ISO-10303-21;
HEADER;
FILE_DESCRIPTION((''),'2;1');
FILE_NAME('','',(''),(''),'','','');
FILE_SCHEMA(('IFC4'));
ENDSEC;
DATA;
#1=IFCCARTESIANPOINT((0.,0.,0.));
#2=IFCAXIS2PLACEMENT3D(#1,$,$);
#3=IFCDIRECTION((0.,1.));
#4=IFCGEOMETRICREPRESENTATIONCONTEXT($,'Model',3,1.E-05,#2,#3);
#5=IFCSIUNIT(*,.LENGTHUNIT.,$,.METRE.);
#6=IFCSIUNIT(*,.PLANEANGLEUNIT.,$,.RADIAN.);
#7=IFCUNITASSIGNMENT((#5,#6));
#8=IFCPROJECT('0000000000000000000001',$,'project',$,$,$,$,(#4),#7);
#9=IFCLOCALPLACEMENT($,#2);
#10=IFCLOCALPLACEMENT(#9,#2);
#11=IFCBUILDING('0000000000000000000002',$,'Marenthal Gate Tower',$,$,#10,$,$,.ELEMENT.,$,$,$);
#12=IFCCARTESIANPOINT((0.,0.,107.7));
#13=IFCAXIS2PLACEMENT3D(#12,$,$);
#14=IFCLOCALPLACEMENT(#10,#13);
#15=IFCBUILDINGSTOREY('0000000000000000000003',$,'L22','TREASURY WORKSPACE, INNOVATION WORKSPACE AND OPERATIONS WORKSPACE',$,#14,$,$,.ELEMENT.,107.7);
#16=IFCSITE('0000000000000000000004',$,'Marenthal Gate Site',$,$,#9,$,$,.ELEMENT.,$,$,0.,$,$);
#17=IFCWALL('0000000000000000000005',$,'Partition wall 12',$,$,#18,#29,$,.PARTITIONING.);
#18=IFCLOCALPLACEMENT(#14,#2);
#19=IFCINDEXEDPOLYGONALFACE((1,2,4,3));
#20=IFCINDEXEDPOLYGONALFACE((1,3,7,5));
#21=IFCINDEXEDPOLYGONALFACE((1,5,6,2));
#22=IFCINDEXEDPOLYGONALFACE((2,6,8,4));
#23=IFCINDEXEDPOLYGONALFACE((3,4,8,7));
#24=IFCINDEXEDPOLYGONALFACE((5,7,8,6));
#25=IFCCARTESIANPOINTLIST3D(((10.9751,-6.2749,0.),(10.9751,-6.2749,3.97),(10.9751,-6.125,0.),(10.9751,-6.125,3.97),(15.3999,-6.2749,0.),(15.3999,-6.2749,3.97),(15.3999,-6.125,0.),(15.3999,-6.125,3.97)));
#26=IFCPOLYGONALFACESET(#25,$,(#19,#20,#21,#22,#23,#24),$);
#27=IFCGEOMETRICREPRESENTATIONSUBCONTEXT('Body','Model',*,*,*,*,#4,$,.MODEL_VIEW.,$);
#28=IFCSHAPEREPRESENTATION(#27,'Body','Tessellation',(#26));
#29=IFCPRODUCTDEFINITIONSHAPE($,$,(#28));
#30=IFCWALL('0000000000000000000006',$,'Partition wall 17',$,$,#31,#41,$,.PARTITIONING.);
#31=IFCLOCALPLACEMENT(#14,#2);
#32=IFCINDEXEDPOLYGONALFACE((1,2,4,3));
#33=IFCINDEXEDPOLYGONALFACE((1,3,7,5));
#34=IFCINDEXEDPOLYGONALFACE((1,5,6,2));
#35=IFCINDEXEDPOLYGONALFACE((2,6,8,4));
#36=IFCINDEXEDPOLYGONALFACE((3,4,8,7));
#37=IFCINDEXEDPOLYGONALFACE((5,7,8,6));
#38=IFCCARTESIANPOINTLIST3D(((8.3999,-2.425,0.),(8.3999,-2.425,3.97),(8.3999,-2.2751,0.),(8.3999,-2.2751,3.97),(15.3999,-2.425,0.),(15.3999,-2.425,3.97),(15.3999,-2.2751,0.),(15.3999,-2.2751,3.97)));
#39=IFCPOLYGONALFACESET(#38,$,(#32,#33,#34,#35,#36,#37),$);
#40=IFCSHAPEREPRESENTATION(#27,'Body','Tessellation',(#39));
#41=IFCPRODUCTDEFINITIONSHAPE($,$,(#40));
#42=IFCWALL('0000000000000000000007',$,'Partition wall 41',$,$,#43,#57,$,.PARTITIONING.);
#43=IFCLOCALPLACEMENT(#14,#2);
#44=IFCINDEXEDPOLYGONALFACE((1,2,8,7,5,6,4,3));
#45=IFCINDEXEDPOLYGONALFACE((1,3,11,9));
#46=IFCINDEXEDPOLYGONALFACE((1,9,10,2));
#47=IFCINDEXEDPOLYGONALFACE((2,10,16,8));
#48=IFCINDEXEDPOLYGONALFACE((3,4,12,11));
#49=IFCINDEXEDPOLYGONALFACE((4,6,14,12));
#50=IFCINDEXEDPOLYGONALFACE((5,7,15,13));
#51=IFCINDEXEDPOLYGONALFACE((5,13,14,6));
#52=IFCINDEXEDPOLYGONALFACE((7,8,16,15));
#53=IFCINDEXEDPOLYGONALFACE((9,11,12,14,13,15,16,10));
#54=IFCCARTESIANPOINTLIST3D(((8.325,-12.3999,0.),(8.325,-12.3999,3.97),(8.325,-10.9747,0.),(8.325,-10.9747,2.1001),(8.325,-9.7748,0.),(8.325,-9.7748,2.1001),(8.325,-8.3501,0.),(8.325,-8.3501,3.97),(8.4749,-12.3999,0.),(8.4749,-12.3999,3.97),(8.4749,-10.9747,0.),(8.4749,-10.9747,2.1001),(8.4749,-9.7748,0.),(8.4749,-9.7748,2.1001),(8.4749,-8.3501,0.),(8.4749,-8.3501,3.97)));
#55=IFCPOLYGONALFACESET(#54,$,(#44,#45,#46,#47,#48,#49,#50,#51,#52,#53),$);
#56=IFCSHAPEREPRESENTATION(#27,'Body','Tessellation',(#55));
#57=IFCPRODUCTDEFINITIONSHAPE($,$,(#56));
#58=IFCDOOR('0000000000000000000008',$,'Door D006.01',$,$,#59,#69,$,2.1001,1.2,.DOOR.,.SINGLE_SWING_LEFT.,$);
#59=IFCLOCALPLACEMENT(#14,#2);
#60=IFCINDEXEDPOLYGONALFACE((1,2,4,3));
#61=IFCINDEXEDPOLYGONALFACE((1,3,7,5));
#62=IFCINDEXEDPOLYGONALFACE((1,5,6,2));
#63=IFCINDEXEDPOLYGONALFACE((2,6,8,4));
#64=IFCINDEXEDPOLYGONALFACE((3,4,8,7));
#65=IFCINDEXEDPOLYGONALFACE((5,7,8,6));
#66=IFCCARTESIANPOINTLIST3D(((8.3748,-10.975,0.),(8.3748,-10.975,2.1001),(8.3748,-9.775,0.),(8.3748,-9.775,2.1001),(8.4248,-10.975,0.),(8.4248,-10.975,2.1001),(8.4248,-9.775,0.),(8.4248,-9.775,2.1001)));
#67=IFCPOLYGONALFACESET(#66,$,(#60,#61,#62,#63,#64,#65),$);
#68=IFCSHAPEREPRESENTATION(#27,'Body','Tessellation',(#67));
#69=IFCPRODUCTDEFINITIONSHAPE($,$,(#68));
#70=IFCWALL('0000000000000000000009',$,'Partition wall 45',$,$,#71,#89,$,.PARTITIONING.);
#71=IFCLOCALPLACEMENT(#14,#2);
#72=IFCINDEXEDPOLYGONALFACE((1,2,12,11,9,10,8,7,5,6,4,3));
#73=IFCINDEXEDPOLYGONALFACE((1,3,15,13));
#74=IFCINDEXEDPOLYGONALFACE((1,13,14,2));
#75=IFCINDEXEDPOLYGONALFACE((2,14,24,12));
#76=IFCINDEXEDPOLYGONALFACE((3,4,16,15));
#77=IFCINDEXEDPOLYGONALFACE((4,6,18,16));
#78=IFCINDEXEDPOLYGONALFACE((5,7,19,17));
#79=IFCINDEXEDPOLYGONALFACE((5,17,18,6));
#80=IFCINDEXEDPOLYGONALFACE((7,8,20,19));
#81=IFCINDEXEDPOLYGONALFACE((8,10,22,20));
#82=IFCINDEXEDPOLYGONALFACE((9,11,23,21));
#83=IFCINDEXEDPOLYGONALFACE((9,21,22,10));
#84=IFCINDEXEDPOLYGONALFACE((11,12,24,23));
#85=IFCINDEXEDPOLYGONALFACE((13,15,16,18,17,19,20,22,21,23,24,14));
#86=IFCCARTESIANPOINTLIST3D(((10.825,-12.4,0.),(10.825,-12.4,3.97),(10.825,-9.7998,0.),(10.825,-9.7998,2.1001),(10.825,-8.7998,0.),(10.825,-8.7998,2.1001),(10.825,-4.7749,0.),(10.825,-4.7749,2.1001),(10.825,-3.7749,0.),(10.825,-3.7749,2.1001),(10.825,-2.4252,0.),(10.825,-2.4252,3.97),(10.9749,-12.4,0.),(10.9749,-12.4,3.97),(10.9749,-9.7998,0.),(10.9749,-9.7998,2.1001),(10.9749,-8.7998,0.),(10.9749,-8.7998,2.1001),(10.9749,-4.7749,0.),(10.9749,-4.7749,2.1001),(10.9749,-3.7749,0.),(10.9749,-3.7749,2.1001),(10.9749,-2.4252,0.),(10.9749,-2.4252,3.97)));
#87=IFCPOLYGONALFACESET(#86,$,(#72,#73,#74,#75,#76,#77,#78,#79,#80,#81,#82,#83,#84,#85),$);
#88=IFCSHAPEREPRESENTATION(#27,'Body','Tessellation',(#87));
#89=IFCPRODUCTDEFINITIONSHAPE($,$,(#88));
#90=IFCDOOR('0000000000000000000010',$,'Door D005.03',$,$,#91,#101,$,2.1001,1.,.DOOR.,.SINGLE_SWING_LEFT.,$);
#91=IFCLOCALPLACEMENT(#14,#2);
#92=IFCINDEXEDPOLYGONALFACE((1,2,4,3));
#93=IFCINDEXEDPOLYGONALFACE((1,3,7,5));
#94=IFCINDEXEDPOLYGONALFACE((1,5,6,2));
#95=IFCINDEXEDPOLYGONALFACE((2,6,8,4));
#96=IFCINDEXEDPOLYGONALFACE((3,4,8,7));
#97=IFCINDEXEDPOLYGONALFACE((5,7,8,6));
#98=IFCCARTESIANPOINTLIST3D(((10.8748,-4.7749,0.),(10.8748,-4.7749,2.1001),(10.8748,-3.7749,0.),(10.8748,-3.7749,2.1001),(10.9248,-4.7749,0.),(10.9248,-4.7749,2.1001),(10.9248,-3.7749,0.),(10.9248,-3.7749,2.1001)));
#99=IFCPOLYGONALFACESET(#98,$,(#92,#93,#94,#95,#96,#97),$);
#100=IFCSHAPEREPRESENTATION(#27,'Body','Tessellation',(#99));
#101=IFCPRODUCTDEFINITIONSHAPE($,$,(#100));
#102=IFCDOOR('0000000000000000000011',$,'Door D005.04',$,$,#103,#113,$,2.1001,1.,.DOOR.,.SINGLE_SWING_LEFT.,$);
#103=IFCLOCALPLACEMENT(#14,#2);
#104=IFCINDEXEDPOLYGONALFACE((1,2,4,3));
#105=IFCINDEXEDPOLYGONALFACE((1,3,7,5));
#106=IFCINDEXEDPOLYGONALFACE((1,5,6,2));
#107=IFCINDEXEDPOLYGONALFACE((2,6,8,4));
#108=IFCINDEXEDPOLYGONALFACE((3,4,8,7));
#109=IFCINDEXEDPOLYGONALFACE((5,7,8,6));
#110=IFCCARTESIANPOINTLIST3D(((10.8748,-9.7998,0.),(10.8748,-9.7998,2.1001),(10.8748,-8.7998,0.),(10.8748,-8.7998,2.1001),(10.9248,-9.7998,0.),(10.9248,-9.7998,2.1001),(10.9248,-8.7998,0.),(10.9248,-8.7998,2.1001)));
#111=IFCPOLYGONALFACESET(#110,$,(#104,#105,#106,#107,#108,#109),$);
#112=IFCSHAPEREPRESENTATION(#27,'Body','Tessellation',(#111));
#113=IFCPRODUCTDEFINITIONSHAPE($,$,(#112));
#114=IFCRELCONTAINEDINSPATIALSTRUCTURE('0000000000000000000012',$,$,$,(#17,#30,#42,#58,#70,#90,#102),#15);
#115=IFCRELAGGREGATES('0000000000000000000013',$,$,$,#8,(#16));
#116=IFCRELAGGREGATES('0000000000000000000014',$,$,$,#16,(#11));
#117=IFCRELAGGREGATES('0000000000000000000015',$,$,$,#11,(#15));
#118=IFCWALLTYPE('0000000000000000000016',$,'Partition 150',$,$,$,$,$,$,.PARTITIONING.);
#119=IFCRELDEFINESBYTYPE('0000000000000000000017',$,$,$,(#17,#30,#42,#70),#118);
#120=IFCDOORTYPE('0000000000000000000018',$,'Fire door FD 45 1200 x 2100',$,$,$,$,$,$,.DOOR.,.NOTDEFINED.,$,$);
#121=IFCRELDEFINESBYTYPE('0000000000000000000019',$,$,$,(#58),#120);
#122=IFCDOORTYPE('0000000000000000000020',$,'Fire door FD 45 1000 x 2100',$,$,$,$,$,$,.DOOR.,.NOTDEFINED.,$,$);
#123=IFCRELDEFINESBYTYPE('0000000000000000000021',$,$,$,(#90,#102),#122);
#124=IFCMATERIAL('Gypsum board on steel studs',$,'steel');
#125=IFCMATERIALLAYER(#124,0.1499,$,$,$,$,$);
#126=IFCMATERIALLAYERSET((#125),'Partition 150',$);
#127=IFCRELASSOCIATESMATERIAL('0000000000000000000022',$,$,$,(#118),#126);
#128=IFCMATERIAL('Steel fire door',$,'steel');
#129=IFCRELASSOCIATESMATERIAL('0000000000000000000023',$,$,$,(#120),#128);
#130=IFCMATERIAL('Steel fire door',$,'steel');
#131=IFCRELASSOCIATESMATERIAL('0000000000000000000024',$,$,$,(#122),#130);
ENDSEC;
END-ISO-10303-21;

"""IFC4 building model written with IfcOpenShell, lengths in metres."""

from ifc_helpers import new_model, si_unit, direction, frame, frame_2d, origin, place, context, subcontext, project, spatial, rectangle, extrude, material, layer, layer_set, type_object, element, fill, save


model = new_model("IFC4")

# Units and contexts
model_context = context("Model", 3, precision=1e-05, world=origin(), true_north=direction((0.0, 1.0)))
body_context = subcontext(model_context, "Body", "Model", "MODEL_VIEW")
ifc_project = project(units=[si_unit("LENGTHUNIT", "METRE"), si_unit("PLANEANGLEUNIT", "RADIAN")], contexts=[model_context])

# Site, building, storey
site_placement = place(None, origin())
site = spatial("IfcSite", under=ifc_project, at=site_placement, Name="Marenthal Gate Site", CompositionType="ELEMENT", RefElevation=0.0)
building_placement = place(site_placement, origin())
building = spatial("IfcBuilding", under=site, at=building_placement, Name="Marenthal Gate Tower", CompositionType="ELEMENT")
storey_placement = place(building_placement, frame((0.0, 0.0, 107.7)))
storey = spatial("IfcBuildingStorey", under=building, at=storey_placement, Name="L22", Description="TREASURY WORKSPACE, INNOVATION WORKSPACE AND OPERATIONS WORKSPACE", CompositionType="ELEMENT", Elevation=107.7)

# Walls
ifc_material_1 = material(Name="Gypsum board on steel studs", Category="steel")
ifc_layer_1 = layer(ifc_material_1, 0.1499)
ifc_layer_set_1 = layer_set([ifc_layer_1], Name="Partition 150")
wall_type_1 = type_object("IfcWallType", Name="Partition 150", PredefinedType="PARTITIONING", material=ifc_layer_set_1)
wall_1_placement = place(storey_placement, frame((10.9751, -6.2, 0.0), z_axis=(0.0, 0.0, 1.0), x_axis=(1.0, 0.0, 0.0)))
element("IfcWall", 1, at=wall_1_placement, inside=storey, type_object=wall_type_1, Name="Partition wall 12", PredefinedType="PARTITIONING", context=body_context, shape_type="SweptSolid", body=[
    extrude(rectangle(XDim=4.4248, YDim=0.1499, at=frame_2d((2.2124, 0.0))), origin(), (0.0, 0.0, 1.0), 3.97),
])
wall_2_placement = place(storey_placement, frame((8.3999, -2.3501, 0.0), z_axis=(0.0, 0.0, 1.0), x_axis=(1.0, 0.0, 0.0)))
element("IfcWall", 2, at=wall_2_placement, inside=storey, type_object=wall_type_1, Name="Partition wall 17", PredefinedType="PARTITIONING", context=body_context, shape_type="SweptSolid", body=[
    extrude(rectangle(XDim=7.0, YDim=0.1499, at=frame_2d((3.5, 0.0))), origin(), (0.0, 0.0, 1.0), 3.97),
])

# Wall, opening, door
wall_3_placement = place(storey_placement, frame((8.3999, -12.3999, 0.0), z_axis=(0.0, 0.0, 1.0), x_axis=(0.0, 1.0, 0.0)))
wall_3 = element("IfcWall", 3, at=wall_3_placement, inside=storey, type_object=wall_type_1, Name="Partition wall 41", PredefinedType="PARTITIONING", context=body_context, shape_type="SweptSolid", body=[
    extrude(rectangle(XDim=4.0498, YDim=0.1499, at=frame_2d((2.0249, 0.0))), origin(), (0.0, 0.0, 1.0), 3.97),
])
opening_1_placement = place(wall_3_placement, frame((1.425, 0.0, 0.0)))
opening_1 = element("IfcOpeningElement", 4, at=opening_1_placement, cuts=wall_3, PredefinedType="OPENING", context=body_context, shape_type="SweptSolid", body=[
    extrude(rectangle(XDim=1.2, YDim=2.1001, at=frame_2d((0.6001, 1.05))), frame((0.0, 0.085, 0.0), z_axis=(0.0, -1.0, 0.0), x_axis=(1.0, 0.0, 0.0)), (0.0, 0.0, 1.0), 0.1699),
])
ifc_material_2 = material(Name="Steel fire door", Category="steel")
door_type_1 = type_object("IfcDoorType", Name="Fire door FD 45 1200 x 2100", OperationType="NOTDEFINED", PredefinedType="DOOR", material=ifc_material_2)
door_1_placement = place(opening_1_placement, frame((1.2, 0.0, 0.0), z_axis=(0.0, 0.0, 1.0), x_axis=(-1.0, 0.0, 0.0)))
door_1 = element("IfcDoor", 5, at=door_1_placement, inside=storey, type_object=door_type_1, Name="Door D006.01", OperationType="SINGLE_SWING_LEFT", OverallHeight=2.1001, OverallWidth=1.2, PredefinedType="DOOR", context=body_context, shape_type="SweptSolid", body=[
    extrude(rectangle(XDim=1.2, YDim=2.1001, at=frame_2d((0.6001, 1.05))), frame((0.0, 0.0249, 0.0), z_axis=(0.0, -1.0, 0.0), x_axis=(1.0, 0.0, 0.0)), (0.0, 0.0, 1.0), 0.05),
])
fill(opening_1, door_1)

# Wall, openings, doors
wall_4_placement = place(storey_placement, frame((10.8999, -12.3999, 0.0), z_axis=(0.0, 0.0, 1.0), x_axis=(0.0, 1.0, 0.0)))
wall_4 = element("IfcWall", 6, at=wall_4_placement, inside=storey, type_object=wall_type_1, Name="Partition wall 45", PredefinedType="PARTITIONING", context=body_context, shape_type="SweptSolid", body=[
    extrude(rectangle(XDim=9.9749, YDim=0.1499, at=frame_2d((4.9873, 0.0))), origin(), (0.0, 0.0, 1.0), 3.97),
])
opening_2_placement = place(wall_4_placement, frame((7.625, 0.0, 0.0)))
opening_2 = element("IfcOpeningElement", 7, at=opening_2_placement, cuts=wall_4, PredefinedType="OPENING", context=body_context, shape_type="SweptSolid", body=[
    extrude(rectangle(XDim=1.0, YDim=2.1001, at=frame_2d((0.5, 1.05))), frame((0.0, 0.085, 0.0), z_axis=(0.0, -1.0, 0.0), x_axis=(1.0, 0.0, 0.0)), (0.0, 0.0, 1.0), 0.1699),
])
opening_3_placement = place(wall_4_placement, frame((2.6001, 0.0, 0.0)))
opening_3 = element("IfcOpeningElement", 8, at=opening_3_placement, cuts=wall_4, PredefinedType="OPENING", context=body_context, shape_type="SweptSolid", body=[
    extrude(rectangle(XDim=1.0, YDim=2.1001, at=frame_2d((0.5, 1.05))), frame((0.0, 0.085, 0.0), z_axis=(0.0, -1.0, 0.0), x_axis=(1.0, 0.0, 0.0)), (0.0, 0.0, 1.0), 0.1699),
])
ifc_material_3 = material(Name="Steel fire door", Category="steel")
door_type_2 = type_object("IfcDoorType", Name="Fire door FD 45 1000 x 2100", OperationType="NOTDEFINED", PredefinedType="DOOR", material=ifc_material_3)
door_2_placement = place(opening_2_placement, frame((1.0, 0.0, 0.0), z_axis=(0.0, 0.0, 1.0), x_axis=(-1.0, 0.0, 0.0)))
door_2 = element("IfcDoor", 9, at=door_2_placement, inside=storey, type_object=door_type_2, Name="Door D005.03", OperationType="SINGLE_SWING_LEFT", OverallHeight=2.1001, OverallWidth=1.0, PredefinedType="DOOR", context=body_context, shape_type="SweptSolid", body=[
    extrude(rectangle(XDim=1.0, YDim=2.1001, at=frame_2d((0.5, 1.05))), frame((0.0, 0.0249, 0.0), z_axis=(0.0, -1.0, 0.0), x_axis=(1.0, 0.0, 0.0)), (0.0, 0.0, 1.0), 0.05),
])
fill(opening_2, door_2)
door_3_placement = place(opening_3_placement, frame((1.0, 0.0, 0.0), z_axis=(0.0, 0.0, 1.0), x_axis=(-1.0, 0.0, 0.0)))
door_3 = element("IfcDoor", 10, at=door_3_placement, inside=storey, type_object=door_type_2, Name="Door D005.04", OperationType="SINGLE_SWING_LEFT", OverallHeight=2.1001, OverallWidth=1.0, PredefinedType="DOOR", context=body_context, shape_type="SweptSolid", body=[
    extrude(rectangle(XDim=1.0, YDim=2.1001, at=frame_2d((0.5, 1.05))), frame((0.0, 0.0249, 0.0), z_axis=(0.0, -1.0, 0.0), x_axis=(1.0, 0.0, 0.0)), (0.0, 0.0, 1.0), 0.05),
])
fill(opening_3, door_3)

save(model, "model.ifc")
